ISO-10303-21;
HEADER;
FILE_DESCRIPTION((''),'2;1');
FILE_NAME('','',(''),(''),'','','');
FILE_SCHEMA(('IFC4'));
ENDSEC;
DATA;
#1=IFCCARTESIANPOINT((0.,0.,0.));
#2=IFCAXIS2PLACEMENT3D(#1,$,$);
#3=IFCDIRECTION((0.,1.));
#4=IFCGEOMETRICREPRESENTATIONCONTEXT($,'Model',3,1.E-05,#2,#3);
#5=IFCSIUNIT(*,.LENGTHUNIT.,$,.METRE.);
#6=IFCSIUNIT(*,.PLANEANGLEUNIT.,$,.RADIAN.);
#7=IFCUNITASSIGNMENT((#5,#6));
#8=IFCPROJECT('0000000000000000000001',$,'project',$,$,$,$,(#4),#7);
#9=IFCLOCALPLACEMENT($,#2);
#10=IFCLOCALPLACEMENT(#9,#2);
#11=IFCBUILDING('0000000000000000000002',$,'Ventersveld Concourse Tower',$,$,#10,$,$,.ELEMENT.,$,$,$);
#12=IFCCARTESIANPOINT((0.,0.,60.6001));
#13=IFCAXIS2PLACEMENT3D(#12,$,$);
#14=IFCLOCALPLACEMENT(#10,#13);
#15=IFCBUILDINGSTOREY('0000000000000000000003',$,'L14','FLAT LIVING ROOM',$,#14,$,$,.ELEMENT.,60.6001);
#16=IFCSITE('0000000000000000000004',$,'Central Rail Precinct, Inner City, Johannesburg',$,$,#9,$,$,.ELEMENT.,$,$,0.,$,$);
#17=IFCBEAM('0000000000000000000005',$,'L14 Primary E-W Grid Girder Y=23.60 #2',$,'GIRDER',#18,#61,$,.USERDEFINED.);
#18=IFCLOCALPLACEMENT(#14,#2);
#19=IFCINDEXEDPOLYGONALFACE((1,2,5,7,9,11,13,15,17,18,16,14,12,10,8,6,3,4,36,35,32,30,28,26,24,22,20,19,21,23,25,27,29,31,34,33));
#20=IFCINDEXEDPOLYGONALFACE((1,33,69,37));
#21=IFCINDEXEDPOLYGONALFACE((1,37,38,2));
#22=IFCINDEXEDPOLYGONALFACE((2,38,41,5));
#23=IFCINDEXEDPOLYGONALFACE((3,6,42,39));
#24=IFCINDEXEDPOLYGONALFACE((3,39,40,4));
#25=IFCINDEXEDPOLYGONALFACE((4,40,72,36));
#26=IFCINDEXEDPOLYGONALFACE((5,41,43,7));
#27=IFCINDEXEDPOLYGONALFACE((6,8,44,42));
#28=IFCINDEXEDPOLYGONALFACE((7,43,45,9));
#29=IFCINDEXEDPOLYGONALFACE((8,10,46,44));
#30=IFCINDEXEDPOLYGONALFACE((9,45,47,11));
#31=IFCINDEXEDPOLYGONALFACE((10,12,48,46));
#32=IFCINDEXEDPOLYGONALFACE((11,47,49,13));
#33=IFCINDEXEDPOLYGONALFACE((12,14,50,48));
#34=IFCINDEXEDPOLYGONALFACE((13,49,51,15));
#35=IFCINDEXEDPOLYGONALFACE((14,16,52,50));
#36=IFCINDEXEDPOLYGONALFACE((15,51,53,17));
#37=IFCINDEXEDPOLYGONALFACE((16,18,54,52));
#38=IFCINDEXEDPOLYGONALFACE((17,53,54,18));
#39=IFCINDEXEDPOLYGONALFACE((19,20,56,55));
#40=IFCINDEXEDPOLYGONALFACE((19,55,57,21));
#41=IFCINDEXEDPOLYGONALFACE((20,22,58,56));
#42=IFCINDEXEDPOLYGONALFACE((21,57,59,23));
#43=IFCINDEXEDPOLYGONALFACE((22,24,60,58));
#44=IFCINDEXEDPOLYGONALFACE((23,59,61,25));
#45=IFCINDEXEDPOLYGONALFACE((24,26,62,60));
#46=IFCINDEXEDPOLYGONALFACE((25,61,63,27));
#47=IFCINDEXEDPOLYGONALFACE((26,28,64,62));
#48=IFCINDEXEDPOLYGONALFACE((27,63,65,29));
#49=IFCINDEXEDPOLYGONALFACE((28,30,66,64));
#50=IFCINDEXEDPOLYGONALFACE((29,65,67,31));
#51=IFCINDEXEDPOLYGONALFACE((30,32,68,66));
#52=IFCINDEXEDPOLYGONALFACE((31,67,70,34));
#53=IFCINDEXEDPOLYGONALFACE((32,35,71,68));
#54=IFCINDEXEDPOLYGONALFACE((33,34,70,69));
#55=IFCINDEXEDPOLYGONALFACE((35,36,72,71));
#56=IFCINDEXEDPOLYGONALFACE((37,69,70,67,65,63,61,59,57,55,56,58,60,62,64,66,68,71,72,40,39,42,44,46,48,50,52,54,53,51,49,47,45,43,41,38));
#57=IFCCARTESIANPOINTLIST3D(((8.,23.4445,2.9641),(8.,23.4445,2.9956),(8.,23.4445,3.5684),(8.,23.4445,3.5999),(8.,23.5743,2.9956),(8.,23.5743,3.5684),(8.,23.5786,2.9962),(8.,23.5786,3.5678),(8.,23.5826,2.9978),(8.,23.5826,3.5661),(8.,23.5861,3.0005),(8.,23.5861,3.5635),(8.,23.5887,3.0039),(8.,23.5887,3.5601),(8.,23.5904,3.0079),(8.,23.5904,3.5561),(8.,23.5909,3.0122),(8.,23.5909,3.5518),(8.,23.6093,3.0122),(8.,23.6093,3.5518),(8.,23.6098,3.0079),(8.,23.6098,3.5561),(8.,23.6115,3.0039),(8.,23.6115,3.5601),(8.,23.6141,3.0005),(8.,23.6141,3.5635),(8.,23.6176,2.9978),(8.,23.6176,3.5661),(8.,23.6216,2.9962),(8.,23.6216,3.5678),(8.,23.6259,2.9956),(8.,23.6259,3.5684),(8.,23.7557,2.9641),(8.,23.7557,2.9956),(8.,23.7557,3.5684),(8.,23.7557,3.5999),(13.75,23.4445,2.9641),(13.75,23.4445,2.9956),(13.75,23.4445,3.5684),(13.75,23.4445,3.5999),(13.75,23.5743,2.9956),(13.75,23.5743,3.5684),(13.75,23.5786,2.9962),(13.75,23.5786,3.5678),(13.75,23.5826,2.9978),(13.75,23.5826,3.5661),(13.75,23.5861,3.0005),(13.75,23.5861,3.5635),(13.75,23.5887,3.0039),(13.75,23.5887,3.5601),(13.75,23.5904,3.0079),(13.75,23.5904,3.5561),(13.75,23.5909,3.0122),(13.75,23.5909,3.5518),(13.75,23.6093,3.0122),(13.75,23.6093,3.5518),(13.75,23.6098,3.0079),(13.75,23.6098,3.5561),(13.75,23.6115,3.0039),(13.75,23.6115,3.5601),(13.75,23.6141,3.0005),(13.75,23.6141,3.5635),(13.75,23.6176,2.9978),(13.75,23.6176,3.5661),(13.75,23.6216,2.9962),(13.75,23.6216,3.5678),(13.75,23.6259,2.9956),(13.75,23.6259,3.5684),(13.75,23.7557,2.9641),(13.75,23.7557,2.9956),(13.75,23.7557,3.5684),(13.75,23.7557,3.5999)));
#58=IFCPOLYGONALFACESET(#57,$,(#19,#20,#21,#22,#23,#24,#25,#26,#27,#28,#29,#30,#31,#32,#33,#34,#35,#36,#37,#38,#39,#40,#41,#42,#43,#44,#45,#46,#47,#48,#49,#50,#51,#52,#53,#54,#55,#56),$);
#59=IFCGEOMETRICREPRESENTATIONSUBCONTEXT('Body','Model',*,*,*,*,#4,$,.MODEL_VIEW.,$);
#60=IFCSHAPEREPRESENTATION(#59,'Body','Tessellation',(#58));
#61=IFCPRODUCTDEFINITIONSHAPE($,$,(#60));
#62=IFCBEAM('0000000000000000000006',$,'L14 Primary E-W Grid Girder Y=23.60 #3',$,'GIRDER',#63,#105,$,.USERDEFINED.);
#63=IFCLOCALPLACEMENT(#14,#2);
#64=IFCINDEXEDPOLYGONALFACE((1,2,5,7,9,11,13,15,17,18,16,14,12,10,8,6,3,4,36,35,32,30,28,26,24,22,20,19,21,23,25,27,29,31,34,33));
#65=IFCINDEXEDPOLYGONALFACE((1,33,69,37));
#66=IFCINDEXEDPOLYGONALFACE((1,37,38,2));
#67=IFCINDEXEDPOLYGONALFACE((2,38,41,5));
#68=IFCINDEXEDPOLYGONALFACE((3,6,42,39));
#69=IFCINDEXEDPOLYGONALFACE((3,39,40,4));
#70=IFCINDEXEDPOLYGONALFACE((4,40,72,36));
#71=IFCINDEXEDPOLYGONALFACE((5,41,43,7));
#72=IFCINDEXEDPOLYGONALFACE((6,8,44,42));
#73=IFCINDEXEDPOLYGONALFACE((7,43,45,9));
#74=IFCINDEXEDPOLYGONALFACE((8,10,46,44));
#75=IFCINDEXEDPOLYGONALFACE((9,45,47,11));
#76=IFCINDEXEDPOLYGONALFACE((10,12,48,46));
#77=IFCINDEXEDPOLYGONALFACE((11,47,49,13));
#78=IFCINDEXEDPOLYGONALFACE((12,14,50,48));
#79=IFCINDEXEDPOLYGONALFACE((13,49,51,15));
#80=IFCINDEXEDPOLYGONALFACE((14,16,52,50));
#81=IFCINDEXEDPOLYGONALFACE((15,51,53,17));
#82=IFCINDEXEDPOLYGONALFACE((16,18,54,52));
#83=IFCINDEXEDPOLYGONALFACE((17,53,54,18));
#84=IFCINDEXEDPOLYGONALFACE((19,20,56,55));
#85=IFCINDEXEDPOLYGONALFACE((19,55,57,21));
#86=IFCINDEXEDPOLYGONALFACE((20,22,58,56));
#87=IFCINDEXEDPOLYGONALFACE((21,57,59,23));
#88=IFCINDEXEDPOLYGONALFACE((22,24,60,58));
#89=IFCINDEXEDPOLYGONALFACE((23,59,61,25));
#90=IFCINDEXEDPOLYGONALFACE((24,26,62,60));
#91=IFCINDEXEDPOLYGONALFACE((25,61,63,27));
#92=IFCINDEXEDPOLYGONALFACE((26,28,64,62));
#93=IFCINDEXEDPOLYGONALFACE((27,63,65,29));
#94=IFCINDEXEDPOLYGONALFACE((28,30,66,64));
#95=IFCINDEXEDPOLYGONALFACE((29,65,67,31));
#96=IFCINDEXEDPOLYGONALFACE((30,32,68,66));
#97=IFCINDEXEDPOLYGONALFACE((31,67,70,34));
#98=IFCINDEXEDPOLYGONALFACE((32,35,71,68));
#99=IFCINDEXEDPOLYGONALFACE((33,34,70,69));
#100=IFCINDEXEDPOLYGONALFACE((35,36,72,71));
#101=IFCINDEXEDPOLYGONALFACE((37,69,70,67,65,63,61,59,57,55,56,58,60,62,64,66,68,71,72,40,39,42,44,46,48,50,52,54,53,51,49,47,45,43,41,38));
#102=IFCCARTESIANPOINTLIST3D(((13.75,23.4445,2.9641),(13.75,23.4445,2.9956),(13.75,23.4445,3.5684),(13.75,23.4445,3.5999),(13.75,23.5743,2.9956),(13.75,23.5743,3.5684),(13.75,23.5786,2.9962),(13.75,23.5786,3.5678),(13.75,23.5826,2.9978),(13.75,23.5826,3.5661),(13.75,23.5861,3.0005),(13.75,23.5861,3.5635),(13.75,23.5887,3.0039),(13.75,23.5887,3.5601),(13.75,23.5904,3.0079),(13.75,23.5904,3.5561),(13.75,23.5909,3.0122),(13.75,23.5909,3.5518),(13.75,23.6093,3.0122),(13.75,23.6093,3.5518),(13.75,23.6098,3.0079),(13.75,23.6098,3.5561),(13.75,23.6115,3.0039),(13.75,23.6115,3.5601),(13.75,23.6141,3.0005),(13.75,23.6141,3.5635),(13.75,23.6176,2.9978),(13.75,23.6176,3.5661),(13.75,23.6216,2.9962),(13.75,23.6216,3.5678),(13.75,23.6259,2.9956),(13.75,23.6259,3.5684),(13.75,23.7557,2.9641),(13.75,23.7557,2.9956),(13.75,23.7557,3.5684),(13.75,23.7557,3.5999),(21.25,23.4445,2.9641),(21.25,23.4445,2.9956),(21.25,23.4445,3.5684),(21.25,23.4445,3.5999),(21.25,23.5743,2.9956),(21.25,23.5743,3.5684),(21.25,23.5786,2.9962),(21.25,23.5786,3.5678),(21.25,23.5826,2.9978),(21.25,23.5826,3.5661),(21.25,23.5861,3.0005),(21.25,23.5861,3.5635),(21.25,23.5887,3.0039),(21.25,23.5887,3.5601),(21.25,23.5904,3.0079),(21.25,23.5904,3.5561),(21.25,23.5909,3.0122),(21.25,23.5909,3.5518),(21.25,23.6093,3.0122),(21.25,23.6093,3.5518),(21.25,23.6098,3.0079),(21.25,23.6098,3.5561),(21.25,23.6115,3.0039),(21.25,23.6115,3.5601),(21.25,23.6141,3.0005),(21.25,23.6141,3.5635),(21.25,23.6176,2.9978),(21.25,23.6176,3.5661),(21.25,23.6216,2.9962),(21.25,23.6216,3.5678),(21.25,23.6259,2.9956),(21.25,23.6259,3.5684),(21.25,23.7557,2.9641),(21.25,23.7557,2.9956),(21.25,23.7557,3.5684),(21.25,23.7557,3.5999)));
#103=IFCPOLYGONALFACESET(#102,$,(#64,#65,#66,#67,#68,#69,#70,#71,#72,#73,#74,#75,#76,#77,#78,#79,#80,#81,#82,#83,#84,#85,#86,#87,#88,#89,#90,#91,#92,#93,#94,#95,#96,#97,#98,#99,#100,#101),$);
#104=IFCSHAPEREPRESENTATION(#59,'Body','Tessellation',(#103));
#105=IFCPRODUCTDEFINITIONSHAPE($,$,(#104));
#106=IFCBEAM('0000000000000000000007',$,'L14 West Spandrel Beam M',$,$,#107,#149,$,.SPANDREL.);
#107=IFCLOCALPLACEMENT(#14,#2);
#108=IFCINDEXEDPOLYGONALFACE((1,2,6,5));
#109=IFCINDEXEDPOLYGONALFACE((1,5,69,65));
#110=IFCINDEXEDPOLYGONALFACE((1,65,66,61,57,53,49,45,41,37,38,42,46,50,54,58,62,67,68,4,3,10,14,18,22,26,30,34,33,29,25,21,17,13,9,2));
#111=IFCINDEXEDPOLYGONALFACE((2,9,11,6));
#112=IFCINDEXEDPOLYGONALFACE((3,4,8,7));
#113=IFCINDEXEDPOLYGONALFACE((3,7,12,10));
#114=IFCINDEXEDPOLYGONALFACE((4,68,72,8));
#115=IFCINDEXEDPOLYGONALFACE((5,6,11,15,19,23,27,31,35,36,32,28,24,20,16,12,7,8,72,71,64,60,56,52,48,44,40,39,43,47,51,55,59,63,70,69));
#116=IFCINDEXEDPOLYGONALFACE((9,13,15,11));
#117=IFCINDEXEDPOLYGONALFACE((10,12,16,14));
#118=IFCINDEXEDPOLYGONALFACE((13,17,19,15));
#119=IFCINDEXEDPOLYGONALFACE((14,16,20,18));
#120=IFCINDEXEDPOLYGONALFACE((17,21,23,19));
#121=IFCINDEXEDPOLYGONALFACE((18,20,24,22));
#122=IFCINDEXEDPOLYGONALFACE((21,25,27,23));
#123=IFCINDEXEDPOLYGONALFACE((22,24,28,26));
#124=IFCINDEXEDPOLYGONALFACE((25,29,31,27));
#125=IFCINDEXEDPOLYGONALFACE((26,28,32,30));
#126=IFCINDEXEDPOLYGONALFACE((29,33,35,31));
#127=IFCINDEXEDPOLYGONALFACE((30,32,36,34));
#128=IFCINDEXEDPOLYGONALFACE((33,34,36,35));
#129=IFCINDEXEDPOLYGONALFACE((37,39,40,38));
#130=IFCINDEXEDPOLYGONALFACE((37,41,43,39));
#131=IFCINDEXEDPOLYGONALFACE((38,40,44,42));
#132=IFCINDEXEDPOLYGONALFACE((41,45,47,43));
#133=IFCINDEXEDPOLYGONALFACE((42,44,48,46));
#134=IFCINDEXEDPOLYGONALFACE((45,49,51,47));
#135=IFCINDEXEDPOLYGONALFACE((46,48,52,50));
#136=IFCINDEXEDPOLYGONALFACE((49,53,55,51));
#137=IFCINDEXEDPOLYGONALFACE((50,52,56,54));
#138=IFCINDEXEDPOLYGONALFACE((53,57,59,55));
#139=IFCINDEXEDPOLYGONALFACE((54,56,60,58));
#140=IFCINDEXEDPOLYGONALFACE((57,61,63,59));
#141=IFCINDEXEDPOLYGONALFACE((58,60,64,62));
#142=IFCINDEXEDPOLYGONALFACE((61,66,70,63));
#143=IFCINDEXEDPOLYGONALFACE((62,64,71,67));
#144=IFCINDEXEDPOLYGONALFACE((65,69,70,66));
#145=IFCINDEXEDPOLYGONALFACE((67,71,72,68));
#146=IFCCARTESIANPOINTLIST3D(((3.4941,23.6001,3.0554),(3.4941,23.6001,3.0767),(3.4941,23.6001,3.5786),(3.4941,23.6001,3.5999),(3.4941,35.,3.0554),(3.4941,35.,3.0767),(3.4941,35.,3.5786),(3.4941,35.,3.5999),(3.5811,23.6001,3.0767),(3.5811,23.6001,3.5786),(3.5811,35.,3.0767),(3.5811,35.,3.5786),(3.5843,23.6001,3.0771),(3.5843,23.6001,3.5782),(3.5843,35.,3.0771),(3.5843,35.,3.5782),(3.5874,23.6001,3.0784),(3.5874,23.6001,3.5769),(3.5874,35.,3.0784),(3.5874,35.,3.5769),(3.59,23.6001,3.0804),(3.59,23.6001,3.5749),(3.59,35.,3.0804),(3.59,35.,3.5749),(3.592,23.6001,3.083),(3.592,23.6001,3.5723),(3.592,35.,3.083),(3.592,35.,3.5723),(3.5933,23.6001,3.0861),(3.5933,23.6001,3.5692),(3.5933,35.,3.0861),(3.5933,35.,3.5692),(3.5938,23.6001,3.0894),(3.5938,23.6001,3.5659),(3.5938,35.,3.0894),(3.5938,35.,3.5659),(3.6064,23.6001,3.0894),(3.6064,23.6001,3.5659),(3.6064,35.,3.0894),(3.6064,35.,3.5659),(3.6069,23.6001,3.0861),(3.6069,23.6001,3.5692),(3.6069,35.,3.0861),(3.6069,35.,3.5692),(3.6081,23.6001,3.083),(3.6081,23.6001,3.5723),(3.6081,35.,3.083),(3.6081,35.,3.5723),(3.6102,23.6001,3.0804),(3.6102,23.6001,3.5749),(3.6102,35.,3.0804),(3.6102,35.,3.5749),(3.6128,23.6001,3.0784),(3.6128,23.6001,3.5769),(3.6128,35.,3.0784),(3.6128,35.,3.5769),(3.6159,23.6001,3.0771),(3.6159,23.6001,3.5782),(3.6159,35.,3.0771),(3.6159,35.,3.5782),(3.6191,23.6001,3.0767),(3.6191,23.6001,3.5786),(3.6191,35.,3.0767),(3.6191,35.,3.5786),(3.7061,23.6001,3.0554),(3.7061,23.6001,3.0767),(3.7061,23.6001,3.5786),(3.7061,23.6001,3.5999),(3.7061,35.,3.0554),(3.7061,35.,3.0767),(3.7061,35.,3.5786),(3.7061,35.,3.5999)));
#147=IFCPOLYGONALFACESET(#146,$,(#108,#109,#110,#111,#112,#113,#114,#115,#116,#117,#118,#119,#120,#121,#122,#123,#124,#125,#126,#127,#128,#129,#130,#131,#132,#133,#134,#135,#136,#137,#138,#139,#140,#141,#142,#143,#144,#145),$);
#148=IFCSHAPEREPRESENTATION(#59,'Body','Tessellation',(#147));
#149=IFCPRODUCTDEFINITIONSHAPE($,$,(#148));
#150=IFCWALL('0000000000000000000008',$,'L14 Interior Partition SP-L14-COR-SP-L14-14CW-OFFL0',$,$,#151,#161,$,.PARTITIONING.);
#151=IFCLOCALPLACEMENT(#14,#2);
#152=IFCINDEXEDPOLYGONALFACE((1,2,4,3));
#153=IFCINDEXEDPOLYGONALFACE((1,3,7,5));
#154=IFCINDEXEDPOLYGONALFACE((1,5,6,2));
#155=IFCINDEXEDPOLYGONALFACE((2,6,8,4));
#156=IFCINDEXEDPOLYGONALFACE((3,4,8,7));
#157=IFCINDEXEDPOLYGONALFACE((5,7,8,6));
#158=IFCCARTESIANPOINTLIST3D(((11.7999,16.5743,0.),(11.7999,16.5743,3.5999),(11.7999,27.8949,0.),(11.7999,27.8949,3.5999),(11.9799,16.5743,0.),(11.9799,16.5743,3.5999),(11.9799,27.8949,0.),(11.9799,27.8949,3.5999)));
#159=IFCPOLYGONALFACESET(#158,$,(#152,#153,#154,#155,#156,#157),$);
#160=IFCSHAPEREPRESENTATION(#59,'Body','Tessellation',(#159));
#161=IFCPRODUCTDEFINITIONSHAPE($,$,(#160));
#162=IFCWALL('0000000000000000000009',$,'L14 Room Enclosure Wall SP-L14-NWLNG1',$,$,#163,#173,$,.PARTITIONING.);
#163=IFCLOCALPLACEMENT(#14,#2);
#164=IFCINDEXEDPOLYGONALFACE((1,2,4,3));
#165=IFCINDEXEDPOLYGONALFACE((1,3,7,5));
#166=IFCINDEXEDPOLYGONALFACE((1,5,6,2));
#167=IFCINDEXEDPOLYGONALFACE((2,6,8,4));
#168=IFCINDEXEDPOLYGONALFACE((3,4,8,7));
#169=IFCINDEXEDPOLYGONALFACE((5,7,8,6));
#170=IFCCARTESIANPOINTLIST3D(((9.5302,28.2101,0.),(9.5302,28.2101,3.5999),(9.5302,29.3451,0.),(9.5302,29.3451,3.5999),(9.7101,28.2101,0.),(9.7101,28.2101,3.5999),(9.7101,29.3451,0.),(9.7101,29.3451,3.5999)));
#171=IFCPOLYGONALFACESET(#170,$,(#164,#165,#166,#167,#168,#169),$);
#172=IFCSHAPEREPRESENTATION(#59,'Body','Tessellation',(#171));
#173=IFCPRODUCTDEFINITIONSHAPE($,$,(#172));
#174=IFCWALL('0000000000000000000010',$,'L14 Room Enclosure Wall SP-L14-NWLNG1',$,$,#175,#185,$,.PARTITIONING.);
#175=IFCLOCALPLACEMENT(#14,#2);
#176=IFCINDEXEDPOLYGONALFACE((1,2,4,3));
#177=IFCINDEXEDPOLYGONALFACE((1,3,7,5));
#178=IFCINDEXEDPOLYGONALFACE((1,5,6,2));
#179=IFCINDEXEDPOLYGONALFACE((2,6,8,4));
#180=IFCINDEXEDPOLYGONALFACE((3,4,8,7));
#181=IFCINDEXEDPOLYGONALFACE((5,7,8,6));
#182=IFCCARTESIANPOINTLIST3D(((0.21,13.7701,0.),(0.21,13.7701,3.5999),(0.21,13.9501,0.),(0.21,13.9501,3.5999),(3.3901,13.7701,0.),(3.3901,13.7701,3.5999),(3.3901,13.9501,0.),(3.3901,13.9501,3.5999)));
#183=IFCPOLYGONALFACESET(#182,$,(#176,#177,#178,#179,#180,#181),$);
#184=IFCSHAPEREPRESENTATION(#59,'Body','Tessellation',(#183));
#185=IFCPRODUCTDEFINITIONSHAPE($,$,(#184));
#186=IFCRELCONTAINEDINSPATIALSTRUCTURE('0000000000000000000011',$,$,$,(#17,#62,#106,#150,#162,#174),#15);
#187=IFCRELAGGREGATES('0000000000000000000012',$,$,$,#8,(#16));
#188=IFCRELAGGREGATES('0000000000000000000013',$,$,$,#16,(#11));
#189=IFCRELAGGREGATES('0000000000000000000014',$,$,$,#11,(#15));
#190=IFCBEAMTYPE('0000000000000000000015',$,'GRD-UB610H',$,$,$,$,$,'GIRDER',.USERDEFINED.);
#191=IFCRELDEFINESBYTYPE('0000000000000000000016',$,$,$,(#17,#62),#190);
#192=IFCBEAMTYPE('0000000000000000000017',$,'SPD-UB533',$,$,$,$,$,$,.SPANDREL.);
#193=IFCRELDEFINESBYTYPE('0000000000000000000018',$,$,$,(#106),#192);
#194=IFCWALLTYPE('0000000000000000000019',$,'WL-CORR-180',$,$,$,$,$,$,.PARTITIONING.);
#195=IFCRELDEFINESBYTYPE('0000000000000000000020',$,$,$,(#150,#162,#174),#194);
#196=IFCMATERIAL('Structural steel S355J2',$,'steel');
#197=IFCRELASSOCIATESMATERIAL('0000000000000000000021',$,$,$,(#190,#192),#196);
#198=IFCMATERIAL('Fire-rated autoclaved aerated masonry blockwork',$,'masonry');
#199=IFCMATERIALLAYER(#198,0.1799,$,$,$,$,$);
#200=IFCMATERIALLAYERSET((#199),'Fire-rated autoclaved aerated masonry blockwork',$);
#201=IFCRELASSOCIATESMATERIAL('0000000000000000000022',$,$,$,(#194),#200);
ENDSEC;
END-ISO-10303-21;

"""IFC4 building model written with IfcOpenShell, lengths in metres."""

from ifc_helpers import new_model, si_unit, direction, frame, frame_2d, origin, origin_2d, place, context, subcontext, project, spatial, rectangle, i_section, extrude, material, layer, layer_set, material_profile, profile_set, type_object, element, save


model = new_model("IFC4")

# Units and contexts
model_context = context("Model", 3, precision=1e-05, world=origin(), true_north=direction((0.0, 1.0)))
body_context = subcontext(model_context, "Body", "Model", "MODEL_VIEW")
ifc_project = project(units=[si_unit("LENGTHUNIT", "METRE"), si_unit("PLANEANGLEUNIT", "RADIAN")], contexts=[model_context])

# Site, building, storey
site_placement = place(None, origin())
site = spatial("IfcSite", under=ifc_project, at=site_placement, Name="Central Rail Precinct, Inner City, Johannesburg", CompositionType="ELEMENT", RefElevation=0.0)
building_placement = place(site_placement, origin())
building = spatial("IfcBuilding", under=site, at=building_placement, Name="Ventersveld Concourse Tower", CompositionType="ELEMENT")
storey_placement = place(building_placement, frame((0.0, 0.0, 60.6001)))
storey = spatial("IfcBuildingStorey", under=building, at=storey_placement, Name="L14", Description="FLAT LIVING ROOM", CompositionType="ELEMENT", Elevation=60.6001)

# Beams
ifc_material_1 = material(Name="Structural steel S355J2", Category="steel")
ifc_material_profile_1 = material_profile(ifc_material_1, i_section(OverallWidth=0.3113, OverallDepth=0.6357, WebThickness=0.0183, FlangeThickness=0.0315, FilletRadius=0.0166, at=origin_2d()), Name="UB 610x305x238")
ifc_profile_set_1 = profile_set([ifc_material_profile_1], Name="Structural steel S355J2")
beam_type_1 = type_object("IfcBeamType", Name="GRD-UB610H", ElementType="GIRDER", PredefinedType="USERDEFINED", material=ifc_profile_set_1)
beam_1_placement = place(storey_placement, frame((8.0, 23.6001, 3.282), z_axis=(1.0, 0.0, 0.0), x_axis=(0.0, 1.0, 0.0)))
element("IfcBeam", 1, at=beam_1_placement, inside=storey, type_object=beam_type_1, Name="L14 Primary E-W Grid Girder Y=23.60 #2", ObjectType="GIRDER", PredefinedType="USERDEFINED", context=body_context, shape_type="SweptSolid", body=[
    extrude(i_section(OverallWidth=0.3113, OverallDepth=0.6357, WebThickness=0.0183, FlangeThickness=0.0315, FilletRadius=0.0166, at=origin_2d()), origin(), (0.0, 0.0, 1.0), 5.75),
])
beam_2_placement = place(storey_placement, frame((13.75, 23.6001, 3.282), z_axis=(1.0, 0.0, 0.0), x_axis=(0.0, 1.0, 0.0)))
element("IfcBeam", 2, at=beam_2_placement, inside=storey, type_object=beam_type_1, Name="L14 Primary E-W Grid Girder Y=23.60 #3", ObjectType="GIRDER", PredefinedType="USERDEFINED", context=body_context, shape_type="SweptSolid", body=[
    extrude(i_section(OverallWidth=0.3113, OverallDepth=0.6357, WebThickness=0.0183, FlangeThickness=0.0315, FilletRadius=0.0166, at=origin_2d()), origin(), (0.0, 0.0, 1.0), 7.5),
])
ifc_material_profile_2 = material_profile(ifc_material_1, i_section(OverallWidth=0.2119, OverallDepth=0.5444, WebThickness=0.0127, FlangeThickness=0.0212, FilletRadius=0.0127, at=origin_2d()), Name="UB 533x210x122")
ifc_profile_set_2 = profile_set([ifc_material_profile_2], Name="Structural steel S355J2")
beam_type_2 = type_object("IfcBeamType", Name="SPD-UB533", PredefinedType="SPANDREL", material=ifc_profile_set_2)
beam_3_placement = place(storey_placement, frame((3.6001, 23.6001, 3.3276), z_axis=(0.0, 1.0, 0.0), x_axis=(-1.0, 0.0, 0.0)))
element("IfcBeam", 3, at=beam_3_placement, inside=storey, type_object=beam_type_2, Name="L14 West Spandrel Beam M", PredefinedType="SPANDREL", context=body_context, shape_type="SweptSolid", body=[
    extrude(i_section(OverallWidth=0.2119, OverallDepth=0.5444, WebThickness=0.0127, FlangeThickness=0.0212, FilletRadius=0.0127, at=origin_2d()), origin(), (0.0, 0.0, 1.0), 11.3999),
])

# Shared definitions
ifc_material_2 = material(Name="Fire-rated autoclaved aerated masonry blockwork", Category="masonry")
ifc_layer_1 = layer(ifc_material_2, 0.1799)
ifc_layer_set_1 = layer_set([ifc_layer_1], Name="Fire-rated autoclaved aerated masonry blockwork")
wall_type_1 = type_object("IfcWallType", Name="WL-CORR-180", PredefinedType="PARTITIONING", material=ifc_layer_set_1)

# Walls
wall_1_placement = place(storey_placement, frame((11.8899, 16.5745, 0.0), z_axis=(0.0, 0.0, 1.0), x_axis=(0.0, 1.0, 0.0)))
element("IfcWall", 4, at=wall_1_placement, inside=storey, type_object=wall_type_1, Name="L14 Interior Partition SP-L14-COR-SP-L14-14CW-OFFL0", PredefinedType="PARTITIONING", context=body_context, shape_type="SweptSolid", body=[
    extrude(rectangle(XDim=11.3206, YDim=0.1799, at=frame_2d((5.6602, 0.0))), origin(), (0.0, 0.0, 1.0), 3.5999),
])
wall_2_placement = place(storey_placement, frame((9.6201, 29.345, 0.0), z_axis=(0.0, 0.0, 1.0), x_axis=(0.0, -1.0, 0.0)))
element("IfcWall", 5, at=wall_2_placement, inside=storey, type_object=wall_type_1, Name="L14 Room Enclosure Wall SP-L14-NWLNG1", PredefinedType="PARTITIONING", context=body_context, shape_type="SweptSolid", body=[
    extrude(rectangle(XDim=1.135, YDim=0.1799, at=frame_2d((0.5674, 0.0))), origin(), (0.0, 0.0, 1.0), 3.5999),
])
wall_3_placement = place(storey_placement, frame((3.3901, 13.8601, 0.0), z_axis=(0.0, 0.0, 1.0), x_axis=(-1.0, 0.0, 0.0)))
element("IfcWall", 6, at=wall_3_placement, inside=storey, type_object=wall_type_1, Name="L14 Room Enclosure Wall SP-L14-NWLNG1", PredefinedType="PARTITIONING", context=body_context, shape_type="SweptSolid", body=[
    extrude(rectangle(XDim=3.1802, YDim=0.1799, at=frame_2d((1.5901, 0.0))), origin(), (0.0, 0.0, 1.0), 3.5999),
])

save(model, "model.ifc")
